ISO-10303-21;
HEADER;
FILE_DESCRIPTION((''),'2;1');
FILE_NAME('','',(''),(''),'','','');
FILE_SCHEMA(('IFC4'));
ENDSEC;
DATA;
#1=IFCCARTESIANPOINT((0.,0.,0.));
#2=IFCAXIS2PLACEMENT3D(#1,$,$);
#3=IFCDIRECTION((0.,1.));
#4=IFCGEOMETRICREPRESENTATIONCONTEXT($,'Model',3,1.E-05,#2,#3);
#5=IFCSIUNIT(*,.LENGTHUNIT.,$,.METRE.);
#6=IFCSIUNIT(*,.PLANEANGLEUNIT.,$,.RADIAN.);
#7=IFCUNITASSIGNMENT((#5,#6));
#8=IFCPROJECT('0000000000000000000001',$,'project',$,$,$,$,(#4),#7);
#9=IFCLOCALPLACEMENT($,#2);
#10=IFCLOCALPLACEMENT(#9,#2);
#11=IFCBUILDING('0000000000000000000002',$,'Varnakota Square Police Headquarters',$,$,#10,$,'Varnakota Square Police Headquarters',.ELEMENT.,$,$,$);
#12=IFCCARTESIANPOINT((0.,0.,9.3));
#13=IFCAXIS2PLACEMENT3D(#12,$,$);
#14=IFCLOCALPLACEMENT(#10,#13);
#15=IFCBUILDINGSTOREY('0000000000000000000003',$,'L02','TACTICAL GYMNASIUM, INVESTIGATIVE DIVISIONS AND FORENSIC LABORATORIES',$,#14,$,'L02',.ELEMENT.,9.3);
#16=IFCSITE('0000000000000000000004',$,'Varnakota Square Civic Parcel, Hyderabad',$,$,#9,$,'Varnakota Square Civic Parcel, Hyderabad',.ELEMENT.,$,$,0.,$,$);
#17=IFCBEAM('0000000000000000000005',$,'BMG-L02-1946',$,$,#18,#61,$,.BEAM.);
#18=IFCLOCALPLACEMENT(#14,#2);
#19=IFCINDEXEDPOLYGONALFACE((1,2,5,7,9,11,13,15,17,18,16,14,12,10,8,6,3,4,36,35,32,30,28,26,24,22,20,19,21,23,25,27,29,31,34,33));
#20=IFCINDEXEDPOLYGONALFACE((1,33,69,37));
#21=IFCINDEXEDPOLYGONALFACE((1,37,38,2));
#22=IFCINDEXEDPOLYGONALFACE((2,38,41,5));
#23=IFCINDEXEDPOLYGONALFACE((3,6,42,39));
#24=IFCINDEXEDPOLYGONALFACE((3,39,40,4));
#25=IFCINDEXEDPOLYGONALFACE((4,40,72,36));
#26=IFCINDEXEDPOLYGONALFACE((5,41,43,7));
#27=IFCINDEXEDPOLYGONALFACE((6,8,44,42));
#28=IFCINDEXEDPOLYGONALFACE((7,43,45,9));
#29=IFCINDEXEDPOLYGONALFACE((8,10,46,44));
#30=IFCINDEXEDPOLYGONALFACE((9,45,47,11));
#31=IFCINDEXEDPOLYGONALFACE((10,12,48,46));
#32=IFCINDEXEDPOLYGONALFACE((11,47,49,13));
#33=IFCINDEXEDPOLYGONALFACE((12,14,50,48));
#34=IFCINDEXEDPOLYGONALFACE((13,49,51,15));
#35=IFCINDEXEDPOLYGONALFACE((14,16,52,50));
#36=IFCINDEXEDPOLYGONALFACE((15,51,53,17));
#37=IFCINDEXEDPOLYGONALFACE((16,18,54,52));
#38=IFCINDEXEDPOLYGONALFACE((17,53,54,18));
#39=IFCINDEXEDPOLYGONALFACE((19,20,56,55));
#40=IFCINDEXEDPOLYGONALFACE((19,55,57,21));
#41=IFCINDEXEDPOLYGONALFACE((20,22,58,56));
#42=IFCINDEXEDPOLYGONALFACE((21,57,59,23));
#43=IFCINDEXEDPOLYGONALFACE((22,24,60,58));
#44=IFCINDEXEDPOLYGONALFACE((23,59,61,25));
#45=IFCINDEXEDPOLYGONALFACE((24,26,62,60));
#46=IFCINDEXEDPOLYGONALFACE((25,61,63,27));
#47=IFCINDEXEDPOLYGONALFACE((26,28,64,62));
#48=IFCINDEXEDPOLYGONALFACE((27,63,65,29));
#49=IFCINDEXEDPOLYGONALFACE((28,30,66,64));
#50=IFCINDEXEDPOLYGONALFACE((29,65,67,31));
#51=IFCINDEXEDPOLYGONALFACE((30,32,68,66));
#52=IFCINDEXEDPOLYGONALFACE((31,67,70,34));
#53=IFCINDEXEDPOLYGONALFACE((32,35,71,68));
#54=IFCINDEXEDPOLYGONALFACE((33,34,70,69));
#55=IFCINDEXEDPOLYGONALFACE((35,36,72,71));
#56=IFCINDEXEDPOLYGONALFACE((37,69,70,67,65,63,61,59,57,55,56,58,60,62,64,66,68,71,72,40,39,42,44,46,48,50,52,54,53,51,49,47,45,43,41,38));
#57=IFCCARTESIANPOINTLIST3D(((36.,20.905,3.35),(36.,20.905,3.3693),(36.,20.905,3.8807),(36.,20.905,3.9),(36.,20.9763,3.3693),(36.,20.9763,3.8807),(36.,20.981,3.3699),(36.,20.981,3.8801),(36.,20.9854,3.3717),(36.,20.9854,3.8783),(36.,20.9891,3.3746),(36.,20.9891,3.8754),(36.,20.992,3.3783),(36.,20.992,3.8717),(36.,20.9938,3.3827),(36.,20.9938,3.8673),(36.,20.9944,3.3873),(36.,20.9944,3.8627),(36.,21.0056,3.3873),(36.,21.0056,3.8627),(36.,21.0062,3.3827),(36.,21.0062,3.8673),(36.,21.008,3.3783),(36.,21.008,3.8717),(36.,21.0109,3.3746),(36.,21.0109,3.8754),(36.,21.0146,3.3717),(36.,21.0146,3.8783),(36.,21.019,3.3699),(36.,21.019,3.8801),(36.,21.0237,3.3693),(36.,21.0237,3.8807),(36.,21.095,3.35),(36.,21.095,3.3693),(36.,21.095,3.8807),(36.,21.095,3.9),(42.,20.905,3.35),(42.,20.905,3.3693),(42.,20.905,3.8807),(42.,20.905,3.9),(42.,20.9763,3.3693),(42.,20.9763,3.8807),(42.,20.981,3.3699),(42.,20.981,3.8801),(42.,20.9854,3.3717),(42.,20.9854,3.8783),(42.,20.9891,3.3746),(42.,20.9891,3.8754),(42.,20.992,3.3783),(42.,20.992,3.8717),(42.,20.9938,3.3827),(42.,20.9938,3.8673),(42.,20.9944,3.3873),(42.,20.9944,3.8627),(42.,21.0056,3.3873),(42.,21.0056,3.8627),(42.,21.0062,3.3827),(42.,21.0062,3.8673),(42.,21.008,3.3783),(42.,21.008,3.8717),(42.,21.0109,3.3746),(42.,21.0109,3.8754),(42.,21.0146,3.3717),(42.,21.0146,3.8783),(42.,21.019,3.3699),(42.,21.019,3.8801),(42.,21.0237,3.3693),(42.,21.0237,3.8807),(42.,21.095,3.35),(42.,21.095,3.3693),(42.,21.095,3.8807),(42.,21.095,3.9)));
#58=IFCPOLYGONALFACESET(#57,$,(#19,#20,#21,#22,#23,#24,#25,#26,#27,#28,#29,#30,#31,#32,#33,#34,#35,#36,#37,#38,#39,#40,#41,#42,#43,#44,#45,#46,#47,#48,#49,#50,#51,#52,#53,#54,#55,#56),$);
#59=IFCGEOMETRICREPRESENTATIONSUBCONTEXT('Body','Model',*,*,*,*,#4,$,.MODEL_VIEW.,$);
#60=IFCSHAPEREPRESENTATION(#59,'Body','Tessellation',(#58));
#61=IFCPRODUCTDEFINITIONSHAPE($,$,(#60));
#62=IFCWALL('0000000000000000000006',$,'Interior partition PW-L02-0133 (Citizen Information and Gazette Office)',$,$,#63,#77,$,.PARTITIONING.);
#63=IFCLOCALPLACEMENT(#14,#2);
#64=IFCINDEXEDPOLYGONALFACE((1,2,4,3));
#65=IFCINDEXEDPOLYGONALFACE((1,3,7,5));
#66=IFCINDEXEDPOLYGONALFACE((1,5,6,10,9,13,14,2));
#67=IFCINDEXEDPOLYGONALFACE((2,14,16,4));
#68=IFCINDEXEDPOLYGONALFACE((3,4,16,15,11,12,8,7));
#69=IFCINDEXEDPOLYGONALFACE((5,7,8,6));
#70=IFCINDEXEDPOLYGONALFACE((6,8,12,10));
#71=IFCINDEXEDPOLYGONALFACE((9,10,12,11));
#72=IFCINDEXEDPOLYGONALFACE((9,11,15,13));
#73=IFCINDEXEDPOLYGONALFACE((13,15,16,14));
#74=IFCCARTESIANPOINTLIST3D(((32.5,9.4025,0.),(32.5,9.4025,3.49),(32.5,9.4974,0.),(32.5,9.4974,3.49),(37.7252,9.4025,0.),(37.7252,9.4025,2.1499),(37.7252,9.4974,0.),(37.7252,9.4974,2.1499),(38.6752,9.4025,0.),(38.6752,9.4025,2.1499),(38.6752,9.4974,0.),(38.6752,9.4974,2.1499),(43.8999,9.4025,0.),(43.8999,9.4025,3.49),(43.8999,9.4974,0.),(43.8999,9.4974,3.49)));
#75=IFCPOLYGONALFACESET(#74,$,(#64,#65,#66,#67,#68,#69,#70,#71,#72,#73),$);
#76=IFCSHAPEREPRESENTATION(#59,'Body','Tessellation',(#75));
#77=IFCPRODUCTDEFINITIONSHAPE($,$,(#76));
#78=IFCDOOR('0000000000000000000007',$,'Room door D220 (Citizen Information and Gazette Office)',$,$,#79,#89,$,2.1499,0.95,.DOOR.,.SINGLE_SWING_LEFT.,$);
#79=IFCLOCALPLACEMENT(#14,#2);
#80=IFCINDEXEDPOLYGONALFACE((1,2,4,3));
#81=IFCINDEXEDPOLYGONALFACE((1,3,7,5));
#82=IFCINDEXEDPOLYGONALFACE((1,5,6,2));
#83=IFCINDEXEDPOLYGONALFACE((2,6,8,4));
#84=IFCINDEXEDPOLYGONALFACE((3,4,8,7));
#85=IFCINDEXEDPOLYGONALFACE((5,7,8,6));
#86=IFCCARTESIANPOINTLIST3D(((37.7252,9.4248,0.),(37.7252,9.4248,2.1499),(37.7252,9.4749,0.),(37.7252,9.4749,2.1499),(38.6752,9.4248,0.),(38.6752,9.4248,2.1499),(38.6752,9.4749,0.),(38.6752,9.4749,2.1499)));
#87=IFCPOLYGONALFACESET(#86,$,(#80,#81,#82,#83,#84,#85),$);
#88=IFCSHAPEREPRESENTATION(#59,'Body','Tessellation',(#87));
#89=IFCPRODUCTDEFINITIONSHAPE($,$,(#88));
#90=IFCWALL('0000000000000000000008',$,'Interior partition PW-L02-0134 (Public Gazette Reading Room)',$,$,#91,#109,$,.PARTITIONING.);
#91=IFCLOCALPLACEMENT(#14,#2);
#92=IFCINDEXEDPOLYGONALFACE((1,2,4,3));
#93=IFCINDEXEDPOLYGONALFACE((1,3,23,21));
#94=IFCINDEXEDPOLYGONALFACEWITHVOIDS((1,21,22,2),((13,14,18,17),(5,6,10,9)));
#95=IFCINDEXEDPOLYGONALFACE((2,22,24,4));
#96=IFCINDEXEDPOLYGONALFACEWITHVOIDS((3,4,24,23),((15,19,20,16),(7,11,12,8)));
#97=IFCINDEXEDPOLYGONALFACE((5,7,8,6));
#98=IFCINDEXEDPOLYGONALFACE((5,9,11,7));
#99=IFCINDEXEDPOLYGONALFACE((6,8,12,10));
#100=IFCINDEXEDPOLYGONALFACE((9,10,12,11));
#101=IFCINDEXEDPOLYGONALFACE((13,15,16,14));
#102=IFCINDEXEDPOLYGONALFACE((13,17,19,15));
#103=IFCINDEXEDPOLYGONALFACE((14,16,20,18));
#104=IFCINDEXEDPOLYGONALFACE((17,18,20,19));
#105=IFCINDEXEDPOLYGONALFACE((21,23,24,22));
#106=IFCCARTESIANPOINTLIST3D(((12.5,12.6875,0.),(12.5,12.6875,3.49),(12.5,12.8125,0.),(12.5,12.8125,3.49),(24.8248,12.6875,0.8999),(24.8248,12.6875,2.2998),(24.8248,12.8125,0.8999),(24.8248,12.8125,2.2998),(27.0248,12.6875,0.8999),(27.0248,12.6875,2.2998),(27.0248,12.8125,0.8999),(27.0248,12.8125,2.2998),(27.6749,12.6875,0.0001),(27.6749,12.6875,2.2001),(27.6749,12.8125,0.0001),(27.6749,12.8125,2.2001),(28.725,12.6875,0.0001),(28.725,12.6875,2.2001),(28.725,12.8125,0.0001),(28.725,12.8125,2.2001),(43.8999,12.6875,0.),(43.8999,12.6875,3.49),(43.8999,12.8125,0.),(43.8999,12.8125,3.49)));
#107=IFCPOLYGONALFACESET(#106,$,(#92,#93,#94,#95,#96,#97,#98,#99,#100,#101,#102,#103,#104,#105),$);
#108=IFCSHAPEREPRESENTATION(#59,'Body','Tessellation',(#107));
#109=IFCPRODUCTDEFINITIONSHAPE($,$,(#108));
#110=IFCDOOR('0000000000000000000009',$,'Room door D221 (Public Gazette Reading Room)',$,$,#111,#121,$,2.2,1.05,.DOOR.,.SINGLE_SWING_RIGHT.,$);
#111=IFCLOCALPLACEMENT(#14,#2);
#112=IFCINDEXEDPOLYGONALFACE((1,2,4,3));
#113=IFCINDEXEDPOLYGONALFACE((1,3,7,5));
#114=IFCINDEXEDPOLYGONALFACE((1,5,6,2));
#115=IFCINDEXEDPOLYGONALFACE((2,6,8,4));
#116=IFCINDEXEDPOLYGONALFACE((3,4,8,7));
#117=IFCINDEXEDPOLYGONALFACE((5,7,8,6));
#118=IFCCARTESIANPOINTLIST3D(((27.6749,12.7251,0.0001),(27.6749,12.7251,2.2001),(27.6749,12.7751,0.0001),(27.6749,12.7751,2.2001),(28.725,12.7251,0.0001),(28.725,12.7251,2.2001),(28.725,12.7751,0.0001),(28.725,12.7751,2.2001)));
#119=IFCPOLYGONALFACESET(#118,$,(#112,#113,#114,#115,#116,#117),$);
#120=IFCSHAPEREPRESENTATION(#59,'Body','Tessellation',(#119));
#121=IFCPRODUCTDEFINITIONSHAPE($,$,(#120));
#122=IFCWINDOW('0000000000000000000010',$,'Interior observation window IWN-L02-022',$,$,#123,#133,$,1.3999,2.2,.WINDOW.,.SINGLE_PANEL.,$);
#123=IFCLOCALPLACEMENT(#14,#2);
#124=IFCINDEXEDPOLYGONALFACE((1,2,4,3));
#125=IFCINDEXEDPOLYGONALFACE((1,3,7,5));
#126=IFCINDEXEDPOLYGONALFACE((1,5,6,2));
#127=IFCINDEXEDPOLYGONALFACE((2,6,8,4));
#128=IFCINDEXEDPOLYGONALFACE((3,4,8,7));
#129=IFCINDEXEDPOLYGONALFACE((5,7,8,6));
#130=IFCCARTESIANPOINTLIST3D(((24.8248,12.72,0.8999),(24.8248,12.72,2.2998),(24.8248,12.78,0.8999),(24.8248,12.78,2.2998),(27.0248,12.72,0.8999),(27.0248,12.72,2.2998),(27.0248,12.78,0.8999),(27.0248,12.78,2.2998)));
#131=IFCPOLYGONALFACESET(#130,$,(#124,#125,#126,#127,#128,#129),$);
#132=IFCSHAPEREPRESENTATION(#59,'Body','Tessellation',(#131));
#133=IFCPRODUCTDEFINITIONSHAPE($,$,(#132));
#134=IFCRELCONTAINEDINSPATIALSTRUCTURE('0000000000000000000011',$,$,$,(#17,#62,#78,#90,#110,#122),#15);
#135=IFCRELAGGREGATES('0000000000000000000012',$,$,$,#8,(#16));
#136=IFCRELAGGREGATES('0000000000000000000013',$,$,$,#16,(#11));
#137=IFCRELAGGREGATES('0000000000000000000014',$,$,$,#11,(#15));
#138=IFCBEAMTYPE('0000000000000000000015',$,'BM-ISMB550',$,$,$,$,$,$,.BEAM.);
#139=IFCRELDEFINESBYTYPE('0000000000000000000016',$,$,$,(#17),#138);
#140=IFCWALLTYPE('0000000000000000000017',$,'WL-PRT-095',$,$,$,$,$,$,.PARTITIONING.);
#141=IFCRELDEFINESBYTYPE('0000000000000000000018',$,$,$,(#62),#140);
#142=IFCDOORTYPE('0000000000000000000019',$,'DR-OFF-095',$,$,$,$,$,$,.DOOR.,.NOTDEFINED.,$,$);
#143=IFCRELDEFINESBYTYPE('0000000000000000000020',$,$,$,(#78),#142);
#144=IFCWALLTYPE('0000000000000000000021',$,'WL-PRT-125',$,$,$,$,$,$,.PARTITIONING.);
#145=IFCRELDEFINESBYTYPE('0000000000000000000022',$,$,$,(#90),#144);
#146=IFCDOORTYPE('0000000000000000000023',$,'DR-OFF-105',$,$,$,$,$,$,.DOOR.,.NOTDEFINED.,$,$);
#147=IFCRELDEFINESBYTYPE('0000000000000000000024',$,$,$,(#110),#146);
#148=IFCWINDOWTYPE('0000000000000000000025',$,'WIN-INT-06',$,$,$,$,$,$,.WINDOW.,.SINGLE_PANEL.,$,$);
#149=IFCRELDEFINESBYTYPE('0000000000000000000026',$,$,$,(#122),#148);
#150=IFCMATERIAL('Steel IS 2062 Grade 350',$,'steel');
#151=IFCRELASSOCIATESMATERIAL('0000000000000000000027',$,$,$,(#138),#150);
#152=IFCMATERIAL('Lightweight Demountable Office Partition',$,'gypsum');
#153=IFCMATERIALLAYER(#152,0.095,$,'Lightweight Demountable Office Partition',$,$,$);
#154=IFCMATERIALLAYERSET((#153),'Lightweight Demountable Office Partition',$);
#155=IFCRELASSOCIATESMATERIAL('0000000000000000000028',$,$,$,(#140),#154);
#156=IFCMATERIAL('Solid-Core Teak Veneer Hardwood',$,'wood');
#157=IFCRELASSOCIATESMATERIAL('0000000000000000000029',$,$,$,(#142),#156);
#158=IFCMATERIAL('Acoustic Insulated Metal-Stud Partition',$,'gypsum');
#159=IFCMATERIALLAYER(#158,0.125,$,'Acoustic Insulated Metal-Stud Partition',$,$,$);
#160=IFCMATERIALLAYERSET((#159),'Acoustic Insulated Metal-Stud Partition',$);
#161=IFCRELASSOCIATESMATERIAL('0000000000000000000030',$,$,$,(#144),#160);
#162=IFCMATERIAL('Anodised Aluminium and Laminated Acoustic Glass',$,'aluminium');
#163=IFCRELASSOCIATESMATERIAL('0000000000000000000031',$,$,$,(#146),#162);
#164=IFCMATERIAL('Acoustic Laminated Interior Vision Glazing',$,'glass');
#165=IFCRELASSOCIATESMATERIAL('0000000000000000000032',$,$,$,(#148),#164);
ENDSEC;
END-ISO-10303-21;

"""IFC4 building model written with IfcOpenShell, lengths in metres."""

from ifc_helpers import new_model, si_unit, direction, frame, frame_2d, origin, origin_2d, place, context, subcontext, project, spatial, rectangle, i_section, extrude, material, layer, layer_set, material_profile, profile_set, type_object, element, fill, save


model = new_model("IFC4")

# Units and contexts
model_context = context("Model", 3, precision=1e-05, world=origin(), true_north=direction((0.0, 1.0)))
body_context = subcontext(model_context, "Body", "Model", "MODEL_VIEW")
ifc_project = project(units=[si_unit("LENGTHUNIT", "METRE"), si_unit("PLANEANGLEUNIT", "RADIAN")], contexts=[model_context])

# Site, building, storey
site_placement = place(None, origin())
site = spatial("IfcSite", under=ifc_project, at=site_placement, Name="Varnakota Square Civic Parcel, Hyderabad", LongName="Varnakota Square Civic Parcel, Hyderabad", CompositionType="ELEMENT", RefElevation=0.0)
building_placement = place(site_placement, origin())
building = spatial("IfcBuilding", under=site, at=building_placement, Name="Varnakota Square Police Headquarters", LongName="Varnakota Square Police Headquarters", CompositionType="ELEMENT")
storey_placement = place(building_placement, frame((0.0, 0.0, 9.3)))
storey = spatial("IfcBuildingStorey", under=building, at=storey_placement, Name="L02", Description="TACTICAL GYMNASIUM, INVESTIGATIVE DIVISIONS AND FORENSIC LABORATORIES", LongName="L02", CompositionType="ELEMENT", Elevation=9.3)

# Shared definitions
ifc_material_1 = material(Name="Steel IS 2062 Grade 350", Category="steel")

# Beam
ifc_material_profile_1 = material_profile(ifc_material_1, i_section(OverallWidth=0.1899, OverallDepth=0.55, WebThickness=0.0112, FlangeThickness=0.0193, FilletRadius=0.0181, at=origin_2d()), Name="ISMB 550")
ifc_profile_set_1 = profile_set([ifc_material_profile_1], Name="Steel IS 2062 Grade 350")
beam_type_1 = type_object("IfcBeamType", Name="BM-ISMB550", PredefinedType="BEAM", material=ifc_profile_set_1)
for number, where, z_axis, x_axis, name in (
    (1, (36.0, 21.0, 3.625), (1.0, 0.0, 0.0), (0.0, 1.0, 0.0), "BMG-L02-1946"),
):
    element("IfcBeam", number, at=place(storey_placement, frame(where, z_axis=z_axis, x_axis=x_axis)), inside=storey, type_object=beam_type_1, Name=name, PredefinedType="BEAM", context=body_context, shape_type="SweptSolid", body=[
        extrude(i_section(OverallWidth=0.1899, OverallDepth=0.55, WebThickness=0.0112, FlangeThickness=0.0193, FilletRadius=0.0181, at=origin_2d()), origin(), (0.0, 0.0, 1.0), 6.0),
    ])

# Wall, opening, door
ifc_material_2 = material(Name="Lightweight Demountable Office Partition", Category="gypsum")
ifc_layer_1 = layer(ifc_material_2, 0.095, Name="Lightweight Demountable Office Partition")
ifc_layer_set_1 = layer_set([ifc_layer_1], Name="Lightweight Demountable Office Partition")
wall_type_1 = type_object("IfcWallType", Name="WL-PRT-095", PredefinedType="PARTITIONING", material=ifc_layer_set_1)
wall_1_placement = place(storey_placement, frame((32.5, 9.45, 0.0), z_axis=(0.0, 0.0, 1.0), x_axis=(1.0, 0.0, 0.0)))
wall_1 = element("IfcWall", 2, at=wall_1_placement, inside=storey, type_object=wall_type_1, Name="Interior partition PW-L02-0133 (Citizen Information and Gazette Office)", PredefinedType="PARTITIONING", context=body_context, shape_type="SweptSolid", body=[
    extrude(rectangle(XDim=11.3999, YDim=0.095, at=frame_2d((5.7, 0.0))), origin(), (0.0, 0.0, 1.0), 3.49),
])
opening_1_placement = place(wall_1_placement, frame((5.2251, 0.0, 0.0)))
opening_1 = element("IfcOpeningElement", 3, at=opening_1_placement, cuts=wall_1, PredefinedType="OPENING", context=body_context, shape_type="SweptSolid", body=[
    extrude(rectangle(XDim=0.95, YDim=2.1499, at=frame_2d((0.4751, 1.075))), frame((0.0, 0.0574, 0.0), z_axis=(0.0, -1.0, 0.0), x_axis=(1.0, 0.0, 0.0)), (0.0, 0.0, 1.0), 0.115),
])
ifc_material_3 = material(Name="Solid-Core Teak Veneer Hardwood", Category="wood")
door_type_1 = type_object("IfcDoorType", Name="DR-OFF-095", OperationType="NOTDEFINED", PredefinedType="DOOR", material=ifc_material_3)
door_1_placement = place(opening_1_placement, origin())
door_1 = element("IfcDoor", 4, at=door_1_placement, inside=storey, type_object=door_type_1, Name="Room door D220 (Citizen Information and Gazette Office)", OperationType="SINGLE_SWING_LEFT", OverallHeight=2.1499, OverallWidth=0.95, PredefinedType="DOOR", context=body_context, shape_type="SweptSolid", body=[
    extrude(rectangle(XDim=0.95, YDim=2.1499, at=frame_2d((0.4751, 1.075))), frame((0.0, 0.0249, 0.0), z_axis=(0.0, -1.0, 0.0), x_axis=(1.0, 0.0, 0.0)), (0.0, 0.0, 1.0), 0.05),
])
fill(opening_1, door_1)

# Wall, openings, door, window
ifc_material_4 = material(Name="Acoustic Insulated Metal-Stud Partition", Category="gypsum")
ifc_layer_2 = layer(ifc_material_4, 0.125, Name="Acoustic Insulated Metal-Stud Partition")
ifc_layer_set_2 = layer_set([ifc_layer_2], Name="Acoustic Insulated Metal-Stud Partition")
wall_type_2 = type_object("IfcWallType", Name="WL-PRT-125", PredefinedType="PARTITIONING", material=ifc_layer_set_2)
wall_2_placement = place(storey_placement, frame((43.8999, 12.75, 0.0), z_axis=(0.0, 0.0, 1.0), x_axis=(-1.0, 0.0, 0.0)))
wall_2 = element("IfcWall", 5, at=wall_2_placement, inside=storey, type_object=wall_type_2, Name="Interior partition PW-L02-0134 (Public Gazette Reading Room)", PredefinedType="PARTITIONING", context=body_context, shape_type="SweptSolid", body=[
    extrude(rectangle(XDim=31.3999, YDim=0.125, at=frame_2d((15.7, 0.0))), origin(), (0.0, 0.0, 1.0), 3.49),
])
opening_2_placement = place(wall_2_placement, frame((15.175, 0.0, 0.0)))
opening_2 = element("IfcOpeningElement", 6, at=opening_2_placement, cuts=wall_2, PredefinedType="OPENING", context=body_context, shape_type="SweptSolid", body=[
    extrude(rectangle(XDim=1.05, YDim=2.2, at=frame_2d((0.5249, 1.1001))), frame((0.0, 0.0725, 0.0), z_axis=(0.0, -1.0, 0.0), x_axis=(1.0, 0.0, 0.0)), (0.0, 0.0, 1.0), 0.145),
])
opening_3_placement = place(wall_2_placement, frame((16.875, 0.0, 0.8999)))
opening_3 = element("IfcOpeningElement", 7, at=opening_3_placement, cuts=wall_2, PredefinedType="OPENING", context=body_context, shape_type="SweptSolid", body=[
    extrude(rectangle(XDim=2.2, YDim=1.3999, at=frame_2d((1.1001, 0.7))), frame((0.0, 0.0725, 0.0), z_axis=(0.0, -1.0, 0.0), x_axis=(1.0, 0.0, 0.0)), (0.0, 0.0, 1.0), 0.145),
])
ifc_material_5 = material(Name="Anodised Aluminium and Laminated Acoustic Glass", Category="aluminium")
door_type_2 = type_object("IfcDoorType", Name="DR-OFF-105", OperationType="NOTDEFINED", PredefinedType="DOOR", material=ifc_material_5)
door_2_placement = place(opening_2_placement, origin())
door_2 = element("IfcDoor", 8, at=door_2_placement, inside=storey, type_object=door_type_2, Name="Room door D221 (Public Gazette Reading Room)", OperationType="SINGLE_SWING_RIGHT", OverallHeight=2.2, OverallWidth=1.05, PredefinedType="DOOR", context=body_context, shape_type="SweptSolid", body=[
    extrude(rectangle(XDim=1.05, YDim=2.2, at=frame_2d((0.5249, 1.1001))), frame((0.0, 0.0249, 0.0), z_axis=(0.0, -1.0, 0.0), x_axis=(1.0, 0.0, 0.0)), (0.0, 0.0, 1.0), 0.05),
])
fill(opening_2, door_2)
ifc_material_6 = material(Name="Acoustic Laminated Interior Vision Glazing", Category="glass")
window_type = type_object("IfcWindowType", Name="WIN-INT-06", PartitioningType="SINGLE_PANEL", PredefinedType="WINDOW", material=ifc_material_6)
window_placement = place(opening_3_placement, origin())
window = element("IfcWindow", 9, at=window_placement, inside=storey, type_object=window_type, Name="Interior observation window IWN-L02-022", OverallHeight=1.3999, OverallWidth=2.2, PartitioningType="SINGLE_PANEL", PredefinedType="WINDOW", context=body_context, shape_type="SweptSolid", body=[
    extrude(rectangle(XDim=2.2, YDim=1.3999, at=frame_2d((1.1001, 0.7))), frame((0.0, 0.03, 0.0), z_axis=(0.0, -1.0, 0.0), x_axis=(1.0, 0.0, 0.0)), (0.0, 0.0, 1.0), 0.0601),
])
fill(opening_3, window)

save(model, "model.ifc")
